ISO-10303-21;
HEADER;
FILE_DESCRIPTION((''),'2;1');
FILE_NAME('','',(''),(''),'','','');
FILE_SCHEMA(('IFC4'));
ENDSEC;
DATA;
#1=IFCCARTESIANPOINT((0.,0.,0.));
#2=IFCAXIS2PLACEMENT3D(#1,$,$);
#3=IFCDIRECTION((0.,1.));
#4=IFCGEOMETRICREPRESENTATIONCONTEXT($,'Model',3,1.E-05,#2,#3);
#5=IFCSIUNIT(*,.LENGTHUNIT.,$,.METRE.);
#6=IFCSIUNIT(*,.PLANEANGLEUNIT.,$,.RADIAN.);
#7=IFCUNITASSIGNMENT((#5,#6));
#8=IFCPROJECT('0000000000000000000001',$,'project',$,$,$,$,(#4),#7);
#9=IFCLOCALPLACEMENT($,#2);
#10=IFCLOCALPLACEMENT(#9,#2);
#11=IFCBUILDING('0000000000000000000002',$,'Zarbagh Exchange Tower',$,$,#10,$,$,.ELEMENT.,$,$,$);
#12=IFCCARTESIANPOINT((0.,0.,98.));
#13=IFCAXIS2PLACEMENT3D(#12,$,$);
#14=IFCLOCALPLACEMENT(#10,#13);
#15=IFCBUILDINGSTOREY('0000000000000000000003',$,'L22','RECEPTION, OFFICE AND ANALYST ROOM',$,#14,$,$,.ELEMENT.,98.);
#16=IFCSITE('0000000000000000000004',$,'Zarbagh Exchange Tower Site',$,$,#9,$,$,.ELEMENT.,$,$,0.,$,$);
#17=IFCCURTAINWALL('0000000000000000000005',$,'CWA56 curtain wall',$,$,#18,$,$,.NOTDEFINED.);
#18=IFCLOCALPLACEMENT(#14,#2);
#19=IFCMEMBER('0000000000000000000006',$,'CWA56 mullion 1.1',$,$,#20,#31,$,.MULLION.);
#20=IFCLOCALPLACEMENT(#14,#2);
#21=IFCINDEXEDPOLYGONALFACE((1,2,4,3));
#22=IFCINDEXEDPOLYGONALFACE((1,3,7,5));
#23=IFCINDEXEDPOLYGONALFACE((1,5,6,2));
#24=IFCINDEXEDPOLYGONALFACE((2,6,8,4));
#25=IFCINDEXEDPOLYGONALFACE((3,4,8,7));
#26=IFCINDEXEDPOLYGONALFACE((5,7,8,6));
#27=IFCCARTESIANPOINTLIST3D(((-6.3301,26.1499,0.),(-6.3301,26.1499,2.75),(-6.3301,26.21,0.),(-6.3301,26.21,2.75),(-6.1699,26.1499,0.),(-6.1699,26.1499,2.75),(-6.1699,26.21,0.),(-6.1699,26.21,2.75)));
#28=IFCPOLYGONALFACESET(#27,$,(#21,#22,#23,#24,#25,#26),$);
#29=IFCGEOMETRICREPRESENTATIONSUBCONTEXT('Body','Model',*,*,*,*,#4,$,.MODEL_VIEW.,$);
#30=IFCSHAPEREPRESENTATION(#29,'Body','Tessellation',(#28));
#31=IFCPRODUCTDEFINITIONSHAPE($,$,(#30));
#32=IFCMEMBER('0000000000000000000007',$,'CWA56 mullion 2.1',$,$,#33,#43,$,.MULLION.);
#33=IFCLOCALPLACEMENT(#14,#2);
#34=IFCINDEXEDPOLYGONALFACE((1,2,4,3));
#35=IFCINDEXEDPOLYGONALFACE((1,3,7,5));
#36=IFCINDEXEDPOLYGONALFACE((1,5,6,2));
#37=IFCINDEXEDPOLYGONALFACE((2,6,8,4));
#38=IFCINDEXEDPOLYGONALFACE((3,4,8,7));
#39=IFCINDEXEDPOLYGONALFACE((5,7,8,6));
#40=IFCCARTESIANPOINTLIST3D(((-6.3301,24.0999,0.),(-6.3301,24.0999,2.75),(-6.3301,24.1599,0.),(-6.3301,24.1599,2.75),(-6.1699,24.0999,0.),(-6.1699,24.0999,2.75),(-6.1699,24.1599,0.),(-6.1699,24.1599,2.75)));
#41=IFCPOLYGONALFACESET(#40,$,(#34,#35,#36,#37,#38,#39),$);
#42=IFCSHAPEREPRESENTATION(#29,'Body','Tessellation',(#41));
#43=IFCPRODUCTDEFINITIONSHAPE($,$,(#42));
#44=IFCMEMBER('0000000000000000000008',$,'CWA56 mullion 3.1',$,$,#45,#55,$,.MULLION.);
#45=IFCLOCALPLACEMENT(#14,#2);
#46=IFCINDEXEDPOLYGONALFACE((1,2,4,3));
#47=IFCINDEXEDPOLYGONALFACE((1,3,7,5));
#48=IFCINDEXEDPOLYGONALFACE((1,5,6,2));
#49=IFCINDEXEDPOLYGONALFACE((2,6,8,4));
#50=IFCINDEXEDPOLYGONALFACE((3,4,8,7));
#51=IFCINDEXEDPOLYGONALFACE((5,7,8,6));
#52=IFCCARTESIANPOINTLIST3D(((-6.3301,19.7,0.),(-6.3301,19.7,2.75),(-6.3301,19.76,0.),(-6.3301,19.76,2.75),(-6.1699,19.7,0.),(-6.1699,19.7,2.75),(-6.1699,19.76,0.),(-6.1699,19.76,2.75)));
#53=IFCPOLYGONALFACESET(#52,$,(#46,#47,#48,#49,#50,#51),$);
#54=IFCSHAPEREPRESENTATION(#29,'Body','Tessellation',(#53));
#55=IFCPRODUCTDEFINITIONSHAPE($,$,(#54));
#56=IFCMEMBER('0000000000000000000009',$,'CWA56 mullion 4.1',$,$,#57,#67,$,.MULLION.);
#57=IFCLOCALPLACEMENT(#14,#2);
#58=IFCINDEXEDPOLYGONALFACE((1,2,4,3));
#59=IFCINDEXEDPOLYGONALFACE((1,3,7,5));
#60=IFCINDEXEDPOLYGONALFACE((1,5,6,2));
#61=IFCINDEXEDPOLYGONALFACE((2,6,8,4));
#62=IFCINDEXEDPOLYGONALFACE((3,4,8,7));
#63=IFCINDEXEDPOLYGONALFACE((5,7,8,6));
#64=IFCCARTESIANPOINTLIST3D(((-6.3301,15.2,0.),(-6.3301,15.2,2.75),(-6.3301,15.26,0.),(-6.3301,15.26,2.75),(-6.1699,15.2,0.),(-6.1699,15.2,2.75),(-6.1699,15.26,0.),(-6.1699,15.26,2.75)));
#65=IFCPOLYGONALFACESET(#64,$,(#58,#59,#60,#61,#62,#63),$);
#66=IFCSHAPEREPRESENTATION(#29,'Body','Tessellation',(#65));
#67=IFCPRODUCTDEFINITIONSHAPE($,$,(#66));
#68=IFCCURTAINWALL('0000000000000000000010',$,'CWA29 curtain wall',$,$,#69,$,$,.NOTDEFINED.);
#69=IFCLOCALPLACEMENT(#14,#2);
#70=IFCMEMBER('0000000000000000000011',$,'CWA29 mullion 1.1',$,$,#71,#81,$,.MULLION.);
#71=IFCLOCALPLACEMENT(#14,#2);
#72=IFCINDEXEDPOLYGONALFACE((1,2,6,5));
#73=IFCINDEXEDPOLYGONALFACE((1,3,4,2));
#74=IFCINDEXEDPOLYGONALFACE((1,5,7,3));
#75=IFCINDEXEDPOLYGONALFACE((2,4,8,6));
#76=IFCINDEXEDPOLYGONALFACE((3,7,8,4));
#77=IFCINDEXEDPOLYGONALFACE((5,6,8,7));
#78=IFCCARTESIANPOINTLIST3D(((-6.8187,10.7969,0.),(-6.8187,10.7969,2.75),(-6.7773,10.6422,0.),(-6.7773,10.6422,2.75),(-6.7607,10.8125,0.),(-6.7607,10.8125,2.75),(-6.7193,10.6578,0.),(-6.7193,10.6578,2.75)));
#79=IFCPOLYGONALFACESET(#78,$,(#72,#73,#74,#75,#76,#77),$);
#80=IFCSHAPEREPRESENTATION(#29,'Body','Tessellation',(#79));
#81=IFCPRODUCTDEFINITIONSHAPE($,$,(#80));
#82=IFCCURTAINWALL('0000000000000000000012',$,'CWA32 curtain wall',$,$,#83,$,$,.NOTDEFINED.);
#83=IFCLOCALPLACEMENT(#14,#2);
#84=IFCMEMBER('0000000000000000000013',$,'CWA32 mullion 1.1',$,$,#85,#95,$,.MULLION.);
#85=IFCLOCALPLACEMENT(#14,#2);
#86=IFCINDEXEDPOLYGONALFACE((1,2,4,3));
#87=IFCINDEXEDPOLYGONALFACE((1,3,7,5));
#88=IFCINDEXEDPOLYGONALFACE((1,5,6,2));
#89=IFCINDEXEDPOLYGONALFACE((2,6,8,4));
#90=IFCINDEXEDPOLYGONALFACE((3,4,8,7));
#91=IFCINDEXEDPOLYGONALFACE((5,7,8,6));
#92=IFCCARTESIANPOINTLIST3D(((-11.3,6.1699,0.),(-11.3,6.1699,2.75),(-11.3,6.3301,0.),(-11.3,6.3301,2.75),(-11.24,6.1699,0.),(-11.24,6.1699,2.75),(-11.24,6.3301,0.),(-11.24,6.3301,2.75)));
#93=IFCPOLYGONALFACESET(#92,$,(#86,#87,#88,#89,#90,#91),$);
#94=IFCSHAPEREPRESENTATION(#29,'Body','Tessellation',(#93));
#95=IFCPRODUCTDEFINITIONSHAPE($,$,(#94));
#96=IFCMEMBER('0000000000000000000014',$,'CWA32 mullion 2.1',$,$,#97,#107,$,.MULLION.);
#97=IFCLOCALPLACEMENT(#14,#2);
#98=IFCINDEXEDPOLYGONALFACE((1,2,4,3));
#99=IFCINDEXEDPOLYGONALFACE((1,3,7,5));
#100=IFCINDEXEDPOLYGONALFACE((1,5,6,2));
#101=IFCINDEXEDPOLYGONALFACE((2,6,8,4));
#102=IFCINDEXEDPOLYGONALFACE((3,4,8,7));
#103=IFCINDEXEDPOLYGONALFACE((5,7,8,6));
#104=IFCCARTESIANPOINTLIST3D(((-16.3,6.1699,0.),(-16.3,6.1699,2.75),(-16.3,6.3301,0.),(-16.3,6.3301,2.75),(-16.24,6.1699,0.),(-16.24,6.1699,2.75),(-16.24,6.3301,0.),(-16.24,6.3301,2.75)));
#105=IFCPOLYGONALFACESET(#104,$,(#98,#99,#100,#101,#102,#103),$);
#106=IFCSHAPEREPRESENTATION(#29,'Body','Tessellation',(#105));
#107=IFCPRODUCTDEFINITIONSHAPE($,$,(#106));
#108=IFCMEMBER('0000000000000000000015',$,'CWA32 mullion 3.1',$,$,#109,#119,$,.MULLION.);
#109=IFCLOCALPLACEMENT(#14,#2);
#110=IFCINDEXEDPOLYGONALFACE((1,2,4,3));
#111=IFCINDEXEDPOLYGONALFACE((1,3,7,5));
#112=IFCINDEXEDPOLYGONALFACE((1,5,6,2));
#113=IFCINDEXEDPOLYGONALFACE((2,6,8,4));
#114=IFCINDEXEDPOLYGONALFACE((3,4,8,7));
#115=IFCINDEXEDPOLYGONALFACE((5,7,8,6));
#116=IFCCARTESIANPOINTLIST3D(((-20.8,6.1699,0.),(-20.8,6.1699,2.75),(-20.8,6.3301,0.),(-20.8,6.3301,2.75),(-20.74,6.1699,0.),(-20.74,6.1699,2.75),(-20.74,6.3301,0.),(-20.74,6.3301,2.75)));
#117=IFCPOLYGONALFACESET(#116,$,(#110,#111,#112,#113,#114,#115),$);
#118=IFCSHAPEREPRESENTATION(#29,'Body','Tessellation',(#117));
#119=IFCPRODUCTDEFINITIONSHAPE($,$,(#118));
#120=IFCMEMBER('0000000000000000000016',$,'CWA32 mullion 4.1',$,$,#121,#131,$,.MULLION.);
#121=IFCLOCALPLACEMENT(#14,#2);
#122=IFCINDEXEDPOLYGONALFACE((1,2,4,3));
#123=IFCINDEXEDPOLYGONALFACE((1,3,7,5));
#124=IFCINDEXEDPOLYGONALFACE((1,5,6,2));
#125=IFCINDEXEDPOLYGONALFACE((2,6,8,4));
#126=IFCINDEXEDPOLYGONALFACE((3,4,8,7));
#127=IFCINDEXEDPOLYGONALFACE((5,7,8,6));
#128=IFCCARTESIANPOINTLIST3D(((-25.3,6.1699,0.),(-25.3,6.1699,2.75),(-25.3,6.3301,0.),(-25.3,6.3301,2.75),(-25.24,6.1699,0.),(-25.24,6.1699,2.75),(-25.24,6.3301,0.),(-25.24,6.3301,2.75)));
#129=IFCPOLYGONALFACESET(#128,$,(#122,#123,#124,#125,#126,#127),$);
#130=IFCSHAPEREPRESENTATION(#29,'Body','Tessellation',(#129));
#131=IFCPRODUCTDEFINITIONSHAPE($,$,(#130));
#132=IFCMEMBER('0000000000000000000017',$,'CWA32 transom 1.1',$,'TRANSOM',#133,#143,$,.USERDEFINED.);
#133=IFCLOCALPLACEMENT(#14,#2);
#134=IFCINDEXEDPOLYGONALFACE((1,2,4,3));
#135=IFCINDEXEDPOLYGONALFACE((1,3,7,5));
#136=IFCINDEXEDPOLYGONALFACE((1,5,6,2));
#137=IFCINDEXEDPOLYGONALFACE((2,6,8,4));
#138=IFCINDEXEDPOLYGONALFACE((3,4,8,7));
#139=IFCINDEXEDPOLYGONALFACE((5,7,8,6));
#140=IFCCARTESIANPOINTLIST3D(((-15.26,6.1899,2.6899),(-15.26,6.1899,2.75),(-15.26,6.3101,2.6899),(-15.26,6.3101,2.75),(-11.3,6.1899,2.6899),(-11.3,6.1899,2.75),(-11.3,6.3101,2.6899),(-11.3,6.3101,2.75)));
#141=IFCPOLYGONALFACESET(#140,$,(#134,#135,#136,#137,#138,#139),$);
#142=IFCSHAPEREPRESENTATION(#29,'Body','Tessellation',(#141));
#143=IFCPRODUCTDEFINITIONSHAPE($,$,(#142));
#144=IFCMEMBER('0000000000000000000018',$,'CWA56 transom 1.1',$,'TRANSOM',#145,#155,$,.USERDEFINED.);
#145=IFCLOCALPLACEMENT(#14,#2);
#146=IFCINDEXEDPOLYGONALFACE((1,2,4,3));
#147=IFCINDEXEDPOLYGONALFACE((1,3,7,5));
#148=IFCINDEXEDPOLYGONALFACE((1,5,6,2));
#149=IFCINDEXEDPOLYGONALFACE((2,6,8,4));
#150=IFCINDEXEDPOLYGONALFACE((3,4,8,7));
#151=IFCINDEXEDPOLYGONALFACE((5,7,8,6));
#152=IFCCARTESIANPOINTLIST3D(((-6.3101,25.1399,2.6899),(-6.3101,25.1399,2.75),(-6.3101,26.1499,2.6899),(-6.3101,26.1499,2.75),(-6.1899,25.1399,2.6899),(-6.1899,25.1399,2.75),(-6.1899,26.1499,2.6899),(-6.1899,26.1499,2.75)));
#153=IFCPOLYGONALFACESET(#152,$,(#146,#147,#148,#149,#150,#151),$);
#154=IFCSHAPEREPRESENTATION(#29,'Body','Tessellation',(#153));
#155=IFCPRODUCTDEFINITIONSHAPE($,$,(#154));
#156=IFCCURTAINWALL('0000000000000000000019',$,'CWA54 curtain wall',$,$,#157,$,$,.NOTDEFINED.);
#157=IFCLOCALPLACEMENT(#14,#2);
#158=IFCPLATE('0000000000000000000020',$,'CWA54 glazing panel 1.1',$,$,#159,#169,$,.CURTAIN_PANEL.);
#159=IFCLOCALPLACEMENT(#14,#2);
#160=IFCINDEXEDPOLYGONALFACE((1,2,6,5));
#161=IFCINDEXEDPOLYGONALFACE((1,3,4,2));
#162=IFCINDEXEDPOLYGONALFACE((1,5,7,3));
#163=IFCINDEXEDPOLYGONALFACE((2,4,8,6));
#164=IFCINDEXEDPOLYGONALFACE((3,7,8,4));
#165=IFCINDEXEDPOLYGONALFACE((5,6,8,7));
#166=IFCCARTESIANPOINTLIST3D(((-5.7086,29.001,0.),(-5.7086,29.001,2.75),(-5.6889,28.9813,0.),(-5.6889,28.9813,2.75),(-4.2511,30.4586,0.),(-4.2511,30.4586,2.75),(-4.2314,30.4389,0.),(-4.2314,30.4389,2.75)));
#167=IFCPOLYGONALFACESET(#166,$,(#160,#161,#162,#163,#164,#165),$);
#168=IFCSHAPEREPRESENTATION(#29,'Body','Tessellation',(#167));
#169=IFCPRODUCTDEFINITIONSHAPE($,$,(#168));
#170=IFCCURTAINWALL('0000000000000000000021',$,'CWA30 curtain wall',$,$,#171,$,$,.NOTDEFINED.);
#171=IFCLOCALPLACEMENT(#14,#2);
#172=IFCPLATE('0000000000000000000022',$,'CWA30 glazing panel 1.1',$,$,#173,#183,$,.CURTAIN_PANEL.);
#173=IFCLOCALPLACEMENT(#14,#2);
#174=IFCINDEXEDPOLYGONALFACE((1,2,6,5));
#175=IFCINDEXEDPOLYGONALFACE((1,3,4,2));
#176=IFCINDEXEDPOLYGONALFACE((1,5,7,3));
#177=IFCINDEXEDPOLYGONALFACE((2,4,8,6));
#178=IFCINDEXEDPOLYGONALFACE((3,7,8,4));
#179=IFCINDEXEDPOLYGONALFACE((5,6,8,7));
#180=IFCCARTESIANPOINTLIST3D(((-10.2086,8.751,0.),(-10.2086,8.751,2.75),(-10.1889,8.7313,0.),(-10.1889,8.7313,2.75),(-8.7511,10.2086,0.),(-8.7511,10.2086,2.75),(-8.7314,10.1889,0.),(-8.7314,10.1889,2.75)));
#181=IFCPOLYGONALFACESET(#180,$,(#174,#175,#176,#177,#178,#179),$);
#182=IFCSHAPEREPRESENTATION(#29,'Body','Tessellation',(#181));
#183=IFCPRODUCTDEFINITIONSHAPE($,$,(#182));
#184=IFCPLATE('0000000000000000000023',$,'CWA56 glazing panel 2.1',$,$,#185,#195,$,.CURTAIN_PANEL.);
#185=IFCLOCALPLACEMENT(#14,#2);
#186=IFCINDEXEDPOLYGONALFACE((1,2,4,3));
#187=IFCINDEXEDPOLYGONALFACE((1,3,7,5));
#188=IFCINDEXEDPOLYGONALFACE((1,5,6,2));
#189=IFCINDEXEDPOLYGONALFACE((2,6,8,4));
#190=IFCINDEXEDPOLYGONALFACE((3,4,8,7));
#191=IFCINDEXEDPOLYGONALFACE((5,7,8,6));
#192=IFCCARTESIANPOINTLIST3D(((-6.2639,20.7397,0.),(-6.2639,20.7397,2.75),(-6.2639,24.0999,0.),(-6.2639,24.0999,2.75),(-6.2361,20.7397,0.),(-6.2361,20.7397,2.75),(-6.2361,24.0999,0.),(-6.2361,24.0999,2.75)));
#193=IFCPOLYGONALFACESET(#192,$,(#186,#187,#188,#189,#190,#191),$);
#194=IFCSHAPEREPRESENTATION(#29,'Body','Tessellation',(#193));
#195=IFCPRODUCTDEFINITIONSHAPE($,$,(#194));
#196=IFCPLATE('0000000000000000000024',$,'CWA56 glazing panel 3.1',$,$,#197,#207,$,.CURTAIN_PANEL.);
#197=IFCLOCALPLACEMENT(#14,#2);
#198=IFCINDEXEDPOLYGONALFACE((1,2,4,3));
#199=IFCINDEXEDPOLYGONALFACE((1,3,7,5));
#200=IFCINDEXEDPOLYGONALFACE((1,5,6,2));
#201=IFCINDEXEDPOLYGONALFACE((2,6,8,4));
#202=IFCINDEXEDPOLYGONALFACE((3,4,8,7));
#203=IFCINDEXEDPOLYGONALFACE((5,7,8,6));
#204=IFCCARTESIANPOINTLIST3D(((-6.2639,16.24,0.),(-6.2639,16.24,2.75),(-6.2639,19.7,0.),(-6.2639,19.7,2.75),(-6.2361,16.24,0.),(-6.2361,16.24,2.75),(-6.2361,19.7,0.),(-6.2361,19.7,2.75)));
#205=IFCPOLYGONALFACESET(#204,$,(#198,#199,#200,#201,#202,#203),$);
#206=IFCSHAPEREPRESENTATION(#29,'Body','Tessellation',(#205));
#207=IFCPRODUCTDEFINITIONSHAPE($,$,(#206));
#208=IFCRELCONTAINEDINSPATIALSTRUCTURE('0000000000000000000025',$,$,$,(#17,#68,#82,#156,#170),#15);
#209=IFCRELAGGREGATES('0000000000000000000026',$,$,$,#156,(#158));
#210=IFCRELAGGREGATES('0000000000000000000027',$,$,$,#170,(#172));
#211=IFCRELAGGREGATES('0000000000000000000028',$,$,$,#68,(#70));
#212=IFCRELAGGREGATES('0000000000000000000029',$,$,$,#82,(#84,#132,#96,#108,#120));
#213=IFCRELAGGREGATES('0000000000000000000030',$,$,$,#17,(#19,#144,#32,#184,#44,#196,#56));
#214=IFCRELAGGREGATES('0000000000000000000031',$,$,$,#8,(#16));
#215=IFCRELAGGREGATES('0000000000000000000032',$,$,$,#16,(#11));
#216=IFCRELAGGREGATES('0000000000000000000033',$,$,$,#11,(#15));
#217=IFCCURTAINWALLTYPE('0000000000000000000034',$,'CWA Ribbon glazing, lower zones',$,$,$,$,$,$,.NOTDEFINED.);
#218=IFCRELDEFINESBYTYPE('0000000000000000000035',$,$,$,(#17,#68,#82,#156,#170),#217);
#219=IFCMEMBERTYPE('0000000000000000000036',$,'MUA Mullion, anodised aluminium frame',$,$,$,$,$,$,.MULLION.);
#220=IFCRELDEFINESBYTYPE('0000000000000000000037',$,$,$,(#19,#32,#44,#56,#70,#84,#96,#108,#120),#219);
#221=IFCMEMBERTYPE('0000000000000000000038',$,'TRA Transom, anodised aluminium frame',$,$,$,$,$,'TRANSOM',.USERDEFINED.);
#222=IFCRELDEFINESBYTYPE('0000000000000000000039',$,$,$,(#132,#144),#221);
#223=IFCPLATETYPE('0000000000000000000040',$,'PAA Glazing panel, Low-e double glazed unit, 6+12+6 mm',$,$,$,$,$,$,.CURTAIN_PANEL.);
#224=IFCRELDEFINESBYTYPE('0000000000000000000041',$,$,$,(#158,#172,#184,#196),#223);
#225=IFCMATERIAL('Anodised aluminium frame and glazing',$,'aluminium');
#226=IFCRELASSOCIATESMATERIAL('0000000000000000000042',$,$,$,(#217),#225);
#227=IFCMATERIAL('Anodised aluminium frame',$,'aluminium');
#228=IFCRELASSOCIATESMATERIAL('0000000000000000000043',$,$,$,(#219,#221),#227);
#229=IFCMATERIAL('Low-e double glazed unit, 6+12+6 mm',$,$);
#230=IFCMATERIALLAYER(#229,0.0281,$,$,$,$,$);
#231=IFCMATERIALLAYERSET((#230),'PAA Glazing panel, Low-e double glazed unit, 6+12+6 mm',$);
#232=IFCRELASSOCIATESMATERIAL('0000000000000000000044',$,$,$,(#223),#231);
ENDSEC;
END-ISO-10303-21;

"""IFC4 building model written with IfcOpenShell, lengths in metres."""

from ifc_helpers import new_model, si_unit, direction, frame, origin, place, context, subcontext, project, spatial, polyline, outline, extrude, source, transform, mapped, material, layer, layer_set, type_object, element, aggregate, save


model = new_model("IFC4")

# Units and contexts
model_context = context("Model", 3, precision=1e-05, world=origin(), true_north=direction((0.0, 1.0)))
body_context = subcontext(model_context, "Body", "Model", "MODEL_VIEW")
ifc_project = project(units=[si_unit("LENGTHUNIT", "METRE"), si_unit("PLANEANGLEUNIT", "RADIAN")], contexts=[model_context])

# Site, building, storey
site_placement = place(None, origin())
site = spatial("IfcSite", under=ifc_project, at=site_placement, Name="Zarbagh Exchange Tower Site", CompositionType="ELEMENT", RefElevation=0.0)
building_placement = place(site_placement, origin())
building = spatial("IfcBuilding", under=site, at=building_placement, Name="Zarbagh Exchange Tower", CompositionType="ELEMENT")
storey_placement = place(building_placement, frame((0.0, 0.0, 98.0)))
storey = spatial("IfcBuildingStorey", under=building, at=storey_placement, Name="L22", Description="RECEPTION, OFFICE AND ANALYST ROOM", CompositionType="ELEMENT", Elevation=98.0)

# Curtain wall, members
ifc_material_1 = material(Name="Anodised aluminium frame and glazing", Category="aluminium")
curtain_wall_type = type_object("IfcCurtainWallType", Name="CWA Ribbon glazing, lower zones", PredefinedType="NOTDEFINED", material=ifc_material_1)
curtain_wall_1_placement = place(storey_placement, origin())
curtain_wall_1 = element("IfcCurtainWall", 1, at=curtain_wall_1_placement, inside=storey, type_object=curtain_wall_type, Name="CWA56 curtain wall", PredefinedType="NOTDEFINED")
ifc_material_2 = material(Name="Anodised aluminium frame", Category="aluminium")
member_type_1 = type_object("IfcMemberType", Name="MUA Mullion, anodised aluminium frame", PredefinedType="MULLION", material=ifc_material_2)
shared_shape_1 = source(origin(), body_context, "Body", "SweptSolid", [
    extrude(outline(polyline([(0.0, -0.0801), (0.0601, -0.0801), (0.0601, 0.0801), (0.0, 0.0801), (0.0, -0.0801)])), origin(), (0.0, 0.0, 1.0), 2.75),
])
placement = place(storey_placement, origin())
member_1 = element("IfcMember", 2, at=placement, type_object=member_type_1, Name="CWA56 mullion 1.1", PredefinedType="MULLION", context=body_context, shape_type="MappedRepresentation", body=[
    mapped(shared_shape_1, transform((-6.25, 26.21, 0.0), x_axis=(0.0, -1.0, 0.0), y_axis=(1.0, 0.0, 0.0), z_axis=(0.0, 0.0, 1.0))),
])
member_2 = element("IfcMember", 3, at=placement, type_object=member_type_1, Name="CWA56 mullion 2.1", PredefinedType="MULLION", context=body_context, shape_type="MappedRepresentation", body=[
    mapped(shared_shape_1, transform((-6.25, 24.1599, 0.0), x_axis=(0.0, -1.0, 0.0), y_axis=(1.0, 0.0, 0.0), z_axis=(0.0, 0.0, 1.0))),
])
member_3 = element("IfcMember", 4, at=placement, type_object=member_type_1, Name="CWA56 mullion 3.1", PredefinedType="MULLION", context=body_context, shape_type="MappedRepresentation", body=[
    mapped(shared_shape_1, transform((-6.25, 19.76, 0.0), x_axis=(0.0, -1.0, 0.0), y_axis=(1.0, 0.0, 0.0), z_axis=(0.0, 0.0, 1.0))),
])
member_4 = element("IfcMember", 5, at=placement, type_object=member_type_1, Name="CWA56 mullion 4.1", PredefinedType="MULLION", context=body_context, shape_type="MappedRepresentation", body=[
    mapped(shared_shape_1, transform((-6.25, 15.26, 0.0), x_axis=(0.0, -1.0, 0.0), y_axis=(1.0, 0.0, 0.0), z_axis=(0.0, 0.0, 1.0))),
])

# Curtain wall, member
curtain_wall_2_placement = place(storey_placement, origin())
curtain_wall_2 = element("IfcCurtainWall", 6, at=curtain_wall_2_placement, inside=storey, type_object=curtain_wall_type, Name="CWA29 curtain wall", PredefinedType="NOTDEFINED")
member_5 = element("IfcMember", 7, at=placement, type_object=member_type_1, Name="CWA29 mullion 1.1", PredefinedType="MULLION", context=body_context, shape_type="MappedRepresentation", body=[
    mapped(shared_shape_1, transform((-6.74, 10.7351, 0.0), x_axis=(-0.965924, -0.258825, 0.0), y_axis=(0.258825, -0.965924, 0.0), z_axis=(0.0, 0.0, 1.0))),
])

# Curtain wall, members
curtain_wall_3_placement = place(storey_placement, origin())
curtain_wall_3 = element("IfcCurtainWall", 8, at=curtain_wall_3_placement, inside=storey, type_object=curtain_wall_type, Name="CWA32 curtain wall", PredefinedType="NOTDEFINED")
member_6 = element("IfcMember", 9, at=placement, type_object=member_type_1, Name="CWA32 mullion 1.1", PredefinedType="MULLION", context=body_context, shape_type="MappedRepresentation", body=[
    mapped(shared_shape_1, transform((-11.24, 6.25, 0.0), x_axis=(-1.0, 0.0, 0.0), y_axis=(0.0, -1.0, 0.0), z_axis=(0.0, 0.0, 1.0))),
])
member_7 = element("IfcMember", 10, at=placement, type_object=member_type_1, Name="CWA32 mullion 2.1", PredefinedType="MULLION", context=body_context, shape_type="MappedRepresentation", body=[
    mapped(shared_shape_1, transform((-16.24, 6.25, 0.0), x_axis=(-1.0, 0.0, 0.0), y_axis=(0.0, -1.0, 0.0), z_axis=(0.0, 0.0, 1.0))),
])
member_8 = element("IfcMember", 11, at=placement, type_object=member_type_1, Name="CWA32 mullion 3.1", PredefinedType="MULLION", context=body_context, shape_type="MappedRepresentation", body=[
    mapped(shared_shape_1, transform((-20.74, 6.25, 0.0), x_axis=(-1.0, 0.0, 0.0), y_axis=(0.0, -1.0, 0.0), z_axis=(0.0, 0.0, 1.0))),
])
member_9 = element("IfcMember", 12, at=placement, type_object=member_type_1, Name="CWA32 mullion 4.1", PredefinedType="MULLION", context=body_context, shape_type="MappedRepresentation", body=[
    mapped(shared_shape_1, transform((-25.24, 6.25, 0.0), x_axis=(-1.0, 0.0, 0.0), y_axis=(0.0, -1.0, 0.0), z_axis=(0.0, 0.0, 1.0))),
])
member_type_2 = type_object("IfcMemberType", Name="TRA Transom, anodised aluminium frame", ElementType="TRANSOM", PredefinedType="USERDEFINED", material=ifc_material_2)
shared_shape_2 = source(origin(), body_context, "Body", "SweptSolid", [
    extrude(outline(polyline([(-0.0601, -0.0601), (0.0, -0.0601), (0.0, 0.0601), (-0.0601, 0.0601), (-0.0601, -0.0601)])), origin(), (0.0, 0.0, 1.0), 3.96),
])
member_10 = element("IfcMember", 13, at=placement, type_object=member_type_2, Name="CWA32 transom 1.1", ObjectType="TRANSOM", PredefinedType="USERDEFINED", context=body_context, shape_type="MappedRepresentation", body=[
    mapped(shared_shape_2, transform((-11.3, 6.25, 2.75), x_axis=(0.0, 0.0, 1.0), y_axis=(0.0, 1.0, 0.0), z_axis=(-1.0, 0.0, 0.0))),
])

# Member
shared_shape_3 = source(origin(), body_context, "Body", "SweptSolid", [
    extrude(outline(polyline([(-0.0601, -0.0601), (0.0, -0.0601), (0.0, 0.0601), (-0.0601, 0.0601), (-0.0601, -0.0601)])), origin(), (0.0, 0.0, 1.0), 1.01),
])
member_11 = element("IfcMember", 14, at=placement, type_object=member_type_2, Name="CWA56 transom 1.1", ObjectType="TRANSOM", PredefinedType="USERDEFINED", context=body_context, shape_type="MappedRepresentation", body=[
    mapped(shared_shape_3, transform((-6.25, 26.1499, 2.75), x_axis=(0.0, 0.0, 1.0), y_axis=(-1.0, 0.0, 0.0), z_axis=(0.0, -1.0, 0.0))),
])

# Curtain walls, plates
curtain_wall_4_placement = place(storey_placement, origin())
curtain_wall_4 = element("IfcCurtainWall", 15, at=curtain_wall_4_placement, inside=storey, type_object=curtain_wall_type, Name="CWA54 curtain wall", PredefinedType="NOTDEFINED")
ifc_material_3 = material(Name="Low-e double glazed unit, 6+12+6 mm")
ifc_layer = layer(ifc_material_3, 0.0281)
ifc_layer_set = layer_set([ifc_layer], Name="PAA Glazing panel, Low-e double glazed unit, 6+12+6 mm")
plate_type = type_object("IfcPlateType", Name="PAA Glazing panel, Low-e double glazed unit, 6+12+6 mm", PredefinedType="CURTAIN_PANEL", material=ifc_layer_set)
shared_shape_4 = source(origin(), body_context, "Body", "SweptSolid", [
    extrude(outline(polyline([(0.0, -0.0139), (2.0613, -0.0139), (2.0613, 0.0139), (0.0, 0.0139), (0.0, -0.0139)])), origin(), (0.0, 0.0, 1.0), 2.75),
])
plate_1 = element("IfcPlate", 16, at=placement, type_object=plate_type, Name="CWA54 glazing panel 1.1", PredefinedType="CURTAIN_PANEL", context=body_context, shape_type="MappedRepresentation", body=[
    mapped(shared_shape_4, transform((-4.2412, 30.4487, 0.0), x_axis=(-0.707107, -0.707107, 0.0), y_axis=(0.707107, -0.707107, 0.0), z_axis=(0.0, 0.0, 1.0))),
])
aggregate(curtain_wall_4, [plate_1])
curtain_wall_5_placement = place(storey_placement, origin())
curtain_wall_5 = element("IfcCurtainWall", 17, at=curtain_wall_5_placement, inside=storey, type_object=curtain_wall_type, Name="CWA30 curtain wall", PredefinedType="NOTDEFINED")
plate_2 = element("IfcPlate", 18, at=placement, type_object=plate_type, Name="CWA30 glazing panel 1.1", PredefinedType="CURTAIN_PANEL", context=body_context, shape_type="MappedRepresentation", body=[
    mapped(shared_shape_4, transform((-8.7412, 10.1987, 0.0), x_axis=(-0.707107, -0.707107, 0.0), y_axis=(0.707107, -0.707107, 0.0), z_axis=(0.0, 0.0, 1.0))),
])
aggregate(curtain_wall_5, [plate_2])

# Plates
shared_shape_5 = source(origin(), body_context, "Body", "SweptSolid", [
    extrude(outline(polyline([(0.0, -0.0139), (3.3601, -0.0139), (3.3601, 0.0139), (0.0, 0.0139), (0.0, -0.0139)])), origin(), (0.0, 0.0, 1.0), 2.75),
])
plate_3 = element("IfcPlate", 19, at=placement, type_object=plate_type, Name="CWA56 glazing panel 2.1", PredefinedType="CURTAIN_PANEL", context=body_context, shape_type="MappedRepresentation", body=[
    mapped(shared_shape_5, transform((-6.25, 24.0999, 0.0), x_axis=(0.0, -1.0, 0.0), y_axis=(1.0, 0.0, 0.0), z_axis=(0.0, 0.0, 1.0))),
])
shared_shape_6 = source(origin(), body_context, "Body", "SweptSolid", [
    extrude(outline(polyline([(0.0, -0.0139), (3.46, -0.0139), (3.46, 0.0139), (0.0, 0.0139), (0.0, -0.0139)])), origin(), (0.0, 0.0, 1.0), 2.75),
])
plate_4 = element("IfcPlate", 20, at=placement, type_object=plate_type, Name="CWA56 glazing panel 3.1", PredefinedType="CURTAIN_PANEL", context=body_context, shape_type="MappedRepresentation", body=[
    mapped(shared_shape_6, transform((-6.25, 19.7, 0.0), x_axis=(0.0, -1.0, 0.0), y_axis=(1.0, 0.0, 0.0), z_axis=(0.0, 0.0, 1.0))),
])
aggregate(curtain_wall_2, [member_5])

aggregate(curtain_wall_3, [member_6, member_10, member_7, member_8, member_9])

aggregate(curtain_wall_1, [member_1, member_11, member_2, plate_3, member_3, plate_4, member_4])

save(model, "model.ifc")
